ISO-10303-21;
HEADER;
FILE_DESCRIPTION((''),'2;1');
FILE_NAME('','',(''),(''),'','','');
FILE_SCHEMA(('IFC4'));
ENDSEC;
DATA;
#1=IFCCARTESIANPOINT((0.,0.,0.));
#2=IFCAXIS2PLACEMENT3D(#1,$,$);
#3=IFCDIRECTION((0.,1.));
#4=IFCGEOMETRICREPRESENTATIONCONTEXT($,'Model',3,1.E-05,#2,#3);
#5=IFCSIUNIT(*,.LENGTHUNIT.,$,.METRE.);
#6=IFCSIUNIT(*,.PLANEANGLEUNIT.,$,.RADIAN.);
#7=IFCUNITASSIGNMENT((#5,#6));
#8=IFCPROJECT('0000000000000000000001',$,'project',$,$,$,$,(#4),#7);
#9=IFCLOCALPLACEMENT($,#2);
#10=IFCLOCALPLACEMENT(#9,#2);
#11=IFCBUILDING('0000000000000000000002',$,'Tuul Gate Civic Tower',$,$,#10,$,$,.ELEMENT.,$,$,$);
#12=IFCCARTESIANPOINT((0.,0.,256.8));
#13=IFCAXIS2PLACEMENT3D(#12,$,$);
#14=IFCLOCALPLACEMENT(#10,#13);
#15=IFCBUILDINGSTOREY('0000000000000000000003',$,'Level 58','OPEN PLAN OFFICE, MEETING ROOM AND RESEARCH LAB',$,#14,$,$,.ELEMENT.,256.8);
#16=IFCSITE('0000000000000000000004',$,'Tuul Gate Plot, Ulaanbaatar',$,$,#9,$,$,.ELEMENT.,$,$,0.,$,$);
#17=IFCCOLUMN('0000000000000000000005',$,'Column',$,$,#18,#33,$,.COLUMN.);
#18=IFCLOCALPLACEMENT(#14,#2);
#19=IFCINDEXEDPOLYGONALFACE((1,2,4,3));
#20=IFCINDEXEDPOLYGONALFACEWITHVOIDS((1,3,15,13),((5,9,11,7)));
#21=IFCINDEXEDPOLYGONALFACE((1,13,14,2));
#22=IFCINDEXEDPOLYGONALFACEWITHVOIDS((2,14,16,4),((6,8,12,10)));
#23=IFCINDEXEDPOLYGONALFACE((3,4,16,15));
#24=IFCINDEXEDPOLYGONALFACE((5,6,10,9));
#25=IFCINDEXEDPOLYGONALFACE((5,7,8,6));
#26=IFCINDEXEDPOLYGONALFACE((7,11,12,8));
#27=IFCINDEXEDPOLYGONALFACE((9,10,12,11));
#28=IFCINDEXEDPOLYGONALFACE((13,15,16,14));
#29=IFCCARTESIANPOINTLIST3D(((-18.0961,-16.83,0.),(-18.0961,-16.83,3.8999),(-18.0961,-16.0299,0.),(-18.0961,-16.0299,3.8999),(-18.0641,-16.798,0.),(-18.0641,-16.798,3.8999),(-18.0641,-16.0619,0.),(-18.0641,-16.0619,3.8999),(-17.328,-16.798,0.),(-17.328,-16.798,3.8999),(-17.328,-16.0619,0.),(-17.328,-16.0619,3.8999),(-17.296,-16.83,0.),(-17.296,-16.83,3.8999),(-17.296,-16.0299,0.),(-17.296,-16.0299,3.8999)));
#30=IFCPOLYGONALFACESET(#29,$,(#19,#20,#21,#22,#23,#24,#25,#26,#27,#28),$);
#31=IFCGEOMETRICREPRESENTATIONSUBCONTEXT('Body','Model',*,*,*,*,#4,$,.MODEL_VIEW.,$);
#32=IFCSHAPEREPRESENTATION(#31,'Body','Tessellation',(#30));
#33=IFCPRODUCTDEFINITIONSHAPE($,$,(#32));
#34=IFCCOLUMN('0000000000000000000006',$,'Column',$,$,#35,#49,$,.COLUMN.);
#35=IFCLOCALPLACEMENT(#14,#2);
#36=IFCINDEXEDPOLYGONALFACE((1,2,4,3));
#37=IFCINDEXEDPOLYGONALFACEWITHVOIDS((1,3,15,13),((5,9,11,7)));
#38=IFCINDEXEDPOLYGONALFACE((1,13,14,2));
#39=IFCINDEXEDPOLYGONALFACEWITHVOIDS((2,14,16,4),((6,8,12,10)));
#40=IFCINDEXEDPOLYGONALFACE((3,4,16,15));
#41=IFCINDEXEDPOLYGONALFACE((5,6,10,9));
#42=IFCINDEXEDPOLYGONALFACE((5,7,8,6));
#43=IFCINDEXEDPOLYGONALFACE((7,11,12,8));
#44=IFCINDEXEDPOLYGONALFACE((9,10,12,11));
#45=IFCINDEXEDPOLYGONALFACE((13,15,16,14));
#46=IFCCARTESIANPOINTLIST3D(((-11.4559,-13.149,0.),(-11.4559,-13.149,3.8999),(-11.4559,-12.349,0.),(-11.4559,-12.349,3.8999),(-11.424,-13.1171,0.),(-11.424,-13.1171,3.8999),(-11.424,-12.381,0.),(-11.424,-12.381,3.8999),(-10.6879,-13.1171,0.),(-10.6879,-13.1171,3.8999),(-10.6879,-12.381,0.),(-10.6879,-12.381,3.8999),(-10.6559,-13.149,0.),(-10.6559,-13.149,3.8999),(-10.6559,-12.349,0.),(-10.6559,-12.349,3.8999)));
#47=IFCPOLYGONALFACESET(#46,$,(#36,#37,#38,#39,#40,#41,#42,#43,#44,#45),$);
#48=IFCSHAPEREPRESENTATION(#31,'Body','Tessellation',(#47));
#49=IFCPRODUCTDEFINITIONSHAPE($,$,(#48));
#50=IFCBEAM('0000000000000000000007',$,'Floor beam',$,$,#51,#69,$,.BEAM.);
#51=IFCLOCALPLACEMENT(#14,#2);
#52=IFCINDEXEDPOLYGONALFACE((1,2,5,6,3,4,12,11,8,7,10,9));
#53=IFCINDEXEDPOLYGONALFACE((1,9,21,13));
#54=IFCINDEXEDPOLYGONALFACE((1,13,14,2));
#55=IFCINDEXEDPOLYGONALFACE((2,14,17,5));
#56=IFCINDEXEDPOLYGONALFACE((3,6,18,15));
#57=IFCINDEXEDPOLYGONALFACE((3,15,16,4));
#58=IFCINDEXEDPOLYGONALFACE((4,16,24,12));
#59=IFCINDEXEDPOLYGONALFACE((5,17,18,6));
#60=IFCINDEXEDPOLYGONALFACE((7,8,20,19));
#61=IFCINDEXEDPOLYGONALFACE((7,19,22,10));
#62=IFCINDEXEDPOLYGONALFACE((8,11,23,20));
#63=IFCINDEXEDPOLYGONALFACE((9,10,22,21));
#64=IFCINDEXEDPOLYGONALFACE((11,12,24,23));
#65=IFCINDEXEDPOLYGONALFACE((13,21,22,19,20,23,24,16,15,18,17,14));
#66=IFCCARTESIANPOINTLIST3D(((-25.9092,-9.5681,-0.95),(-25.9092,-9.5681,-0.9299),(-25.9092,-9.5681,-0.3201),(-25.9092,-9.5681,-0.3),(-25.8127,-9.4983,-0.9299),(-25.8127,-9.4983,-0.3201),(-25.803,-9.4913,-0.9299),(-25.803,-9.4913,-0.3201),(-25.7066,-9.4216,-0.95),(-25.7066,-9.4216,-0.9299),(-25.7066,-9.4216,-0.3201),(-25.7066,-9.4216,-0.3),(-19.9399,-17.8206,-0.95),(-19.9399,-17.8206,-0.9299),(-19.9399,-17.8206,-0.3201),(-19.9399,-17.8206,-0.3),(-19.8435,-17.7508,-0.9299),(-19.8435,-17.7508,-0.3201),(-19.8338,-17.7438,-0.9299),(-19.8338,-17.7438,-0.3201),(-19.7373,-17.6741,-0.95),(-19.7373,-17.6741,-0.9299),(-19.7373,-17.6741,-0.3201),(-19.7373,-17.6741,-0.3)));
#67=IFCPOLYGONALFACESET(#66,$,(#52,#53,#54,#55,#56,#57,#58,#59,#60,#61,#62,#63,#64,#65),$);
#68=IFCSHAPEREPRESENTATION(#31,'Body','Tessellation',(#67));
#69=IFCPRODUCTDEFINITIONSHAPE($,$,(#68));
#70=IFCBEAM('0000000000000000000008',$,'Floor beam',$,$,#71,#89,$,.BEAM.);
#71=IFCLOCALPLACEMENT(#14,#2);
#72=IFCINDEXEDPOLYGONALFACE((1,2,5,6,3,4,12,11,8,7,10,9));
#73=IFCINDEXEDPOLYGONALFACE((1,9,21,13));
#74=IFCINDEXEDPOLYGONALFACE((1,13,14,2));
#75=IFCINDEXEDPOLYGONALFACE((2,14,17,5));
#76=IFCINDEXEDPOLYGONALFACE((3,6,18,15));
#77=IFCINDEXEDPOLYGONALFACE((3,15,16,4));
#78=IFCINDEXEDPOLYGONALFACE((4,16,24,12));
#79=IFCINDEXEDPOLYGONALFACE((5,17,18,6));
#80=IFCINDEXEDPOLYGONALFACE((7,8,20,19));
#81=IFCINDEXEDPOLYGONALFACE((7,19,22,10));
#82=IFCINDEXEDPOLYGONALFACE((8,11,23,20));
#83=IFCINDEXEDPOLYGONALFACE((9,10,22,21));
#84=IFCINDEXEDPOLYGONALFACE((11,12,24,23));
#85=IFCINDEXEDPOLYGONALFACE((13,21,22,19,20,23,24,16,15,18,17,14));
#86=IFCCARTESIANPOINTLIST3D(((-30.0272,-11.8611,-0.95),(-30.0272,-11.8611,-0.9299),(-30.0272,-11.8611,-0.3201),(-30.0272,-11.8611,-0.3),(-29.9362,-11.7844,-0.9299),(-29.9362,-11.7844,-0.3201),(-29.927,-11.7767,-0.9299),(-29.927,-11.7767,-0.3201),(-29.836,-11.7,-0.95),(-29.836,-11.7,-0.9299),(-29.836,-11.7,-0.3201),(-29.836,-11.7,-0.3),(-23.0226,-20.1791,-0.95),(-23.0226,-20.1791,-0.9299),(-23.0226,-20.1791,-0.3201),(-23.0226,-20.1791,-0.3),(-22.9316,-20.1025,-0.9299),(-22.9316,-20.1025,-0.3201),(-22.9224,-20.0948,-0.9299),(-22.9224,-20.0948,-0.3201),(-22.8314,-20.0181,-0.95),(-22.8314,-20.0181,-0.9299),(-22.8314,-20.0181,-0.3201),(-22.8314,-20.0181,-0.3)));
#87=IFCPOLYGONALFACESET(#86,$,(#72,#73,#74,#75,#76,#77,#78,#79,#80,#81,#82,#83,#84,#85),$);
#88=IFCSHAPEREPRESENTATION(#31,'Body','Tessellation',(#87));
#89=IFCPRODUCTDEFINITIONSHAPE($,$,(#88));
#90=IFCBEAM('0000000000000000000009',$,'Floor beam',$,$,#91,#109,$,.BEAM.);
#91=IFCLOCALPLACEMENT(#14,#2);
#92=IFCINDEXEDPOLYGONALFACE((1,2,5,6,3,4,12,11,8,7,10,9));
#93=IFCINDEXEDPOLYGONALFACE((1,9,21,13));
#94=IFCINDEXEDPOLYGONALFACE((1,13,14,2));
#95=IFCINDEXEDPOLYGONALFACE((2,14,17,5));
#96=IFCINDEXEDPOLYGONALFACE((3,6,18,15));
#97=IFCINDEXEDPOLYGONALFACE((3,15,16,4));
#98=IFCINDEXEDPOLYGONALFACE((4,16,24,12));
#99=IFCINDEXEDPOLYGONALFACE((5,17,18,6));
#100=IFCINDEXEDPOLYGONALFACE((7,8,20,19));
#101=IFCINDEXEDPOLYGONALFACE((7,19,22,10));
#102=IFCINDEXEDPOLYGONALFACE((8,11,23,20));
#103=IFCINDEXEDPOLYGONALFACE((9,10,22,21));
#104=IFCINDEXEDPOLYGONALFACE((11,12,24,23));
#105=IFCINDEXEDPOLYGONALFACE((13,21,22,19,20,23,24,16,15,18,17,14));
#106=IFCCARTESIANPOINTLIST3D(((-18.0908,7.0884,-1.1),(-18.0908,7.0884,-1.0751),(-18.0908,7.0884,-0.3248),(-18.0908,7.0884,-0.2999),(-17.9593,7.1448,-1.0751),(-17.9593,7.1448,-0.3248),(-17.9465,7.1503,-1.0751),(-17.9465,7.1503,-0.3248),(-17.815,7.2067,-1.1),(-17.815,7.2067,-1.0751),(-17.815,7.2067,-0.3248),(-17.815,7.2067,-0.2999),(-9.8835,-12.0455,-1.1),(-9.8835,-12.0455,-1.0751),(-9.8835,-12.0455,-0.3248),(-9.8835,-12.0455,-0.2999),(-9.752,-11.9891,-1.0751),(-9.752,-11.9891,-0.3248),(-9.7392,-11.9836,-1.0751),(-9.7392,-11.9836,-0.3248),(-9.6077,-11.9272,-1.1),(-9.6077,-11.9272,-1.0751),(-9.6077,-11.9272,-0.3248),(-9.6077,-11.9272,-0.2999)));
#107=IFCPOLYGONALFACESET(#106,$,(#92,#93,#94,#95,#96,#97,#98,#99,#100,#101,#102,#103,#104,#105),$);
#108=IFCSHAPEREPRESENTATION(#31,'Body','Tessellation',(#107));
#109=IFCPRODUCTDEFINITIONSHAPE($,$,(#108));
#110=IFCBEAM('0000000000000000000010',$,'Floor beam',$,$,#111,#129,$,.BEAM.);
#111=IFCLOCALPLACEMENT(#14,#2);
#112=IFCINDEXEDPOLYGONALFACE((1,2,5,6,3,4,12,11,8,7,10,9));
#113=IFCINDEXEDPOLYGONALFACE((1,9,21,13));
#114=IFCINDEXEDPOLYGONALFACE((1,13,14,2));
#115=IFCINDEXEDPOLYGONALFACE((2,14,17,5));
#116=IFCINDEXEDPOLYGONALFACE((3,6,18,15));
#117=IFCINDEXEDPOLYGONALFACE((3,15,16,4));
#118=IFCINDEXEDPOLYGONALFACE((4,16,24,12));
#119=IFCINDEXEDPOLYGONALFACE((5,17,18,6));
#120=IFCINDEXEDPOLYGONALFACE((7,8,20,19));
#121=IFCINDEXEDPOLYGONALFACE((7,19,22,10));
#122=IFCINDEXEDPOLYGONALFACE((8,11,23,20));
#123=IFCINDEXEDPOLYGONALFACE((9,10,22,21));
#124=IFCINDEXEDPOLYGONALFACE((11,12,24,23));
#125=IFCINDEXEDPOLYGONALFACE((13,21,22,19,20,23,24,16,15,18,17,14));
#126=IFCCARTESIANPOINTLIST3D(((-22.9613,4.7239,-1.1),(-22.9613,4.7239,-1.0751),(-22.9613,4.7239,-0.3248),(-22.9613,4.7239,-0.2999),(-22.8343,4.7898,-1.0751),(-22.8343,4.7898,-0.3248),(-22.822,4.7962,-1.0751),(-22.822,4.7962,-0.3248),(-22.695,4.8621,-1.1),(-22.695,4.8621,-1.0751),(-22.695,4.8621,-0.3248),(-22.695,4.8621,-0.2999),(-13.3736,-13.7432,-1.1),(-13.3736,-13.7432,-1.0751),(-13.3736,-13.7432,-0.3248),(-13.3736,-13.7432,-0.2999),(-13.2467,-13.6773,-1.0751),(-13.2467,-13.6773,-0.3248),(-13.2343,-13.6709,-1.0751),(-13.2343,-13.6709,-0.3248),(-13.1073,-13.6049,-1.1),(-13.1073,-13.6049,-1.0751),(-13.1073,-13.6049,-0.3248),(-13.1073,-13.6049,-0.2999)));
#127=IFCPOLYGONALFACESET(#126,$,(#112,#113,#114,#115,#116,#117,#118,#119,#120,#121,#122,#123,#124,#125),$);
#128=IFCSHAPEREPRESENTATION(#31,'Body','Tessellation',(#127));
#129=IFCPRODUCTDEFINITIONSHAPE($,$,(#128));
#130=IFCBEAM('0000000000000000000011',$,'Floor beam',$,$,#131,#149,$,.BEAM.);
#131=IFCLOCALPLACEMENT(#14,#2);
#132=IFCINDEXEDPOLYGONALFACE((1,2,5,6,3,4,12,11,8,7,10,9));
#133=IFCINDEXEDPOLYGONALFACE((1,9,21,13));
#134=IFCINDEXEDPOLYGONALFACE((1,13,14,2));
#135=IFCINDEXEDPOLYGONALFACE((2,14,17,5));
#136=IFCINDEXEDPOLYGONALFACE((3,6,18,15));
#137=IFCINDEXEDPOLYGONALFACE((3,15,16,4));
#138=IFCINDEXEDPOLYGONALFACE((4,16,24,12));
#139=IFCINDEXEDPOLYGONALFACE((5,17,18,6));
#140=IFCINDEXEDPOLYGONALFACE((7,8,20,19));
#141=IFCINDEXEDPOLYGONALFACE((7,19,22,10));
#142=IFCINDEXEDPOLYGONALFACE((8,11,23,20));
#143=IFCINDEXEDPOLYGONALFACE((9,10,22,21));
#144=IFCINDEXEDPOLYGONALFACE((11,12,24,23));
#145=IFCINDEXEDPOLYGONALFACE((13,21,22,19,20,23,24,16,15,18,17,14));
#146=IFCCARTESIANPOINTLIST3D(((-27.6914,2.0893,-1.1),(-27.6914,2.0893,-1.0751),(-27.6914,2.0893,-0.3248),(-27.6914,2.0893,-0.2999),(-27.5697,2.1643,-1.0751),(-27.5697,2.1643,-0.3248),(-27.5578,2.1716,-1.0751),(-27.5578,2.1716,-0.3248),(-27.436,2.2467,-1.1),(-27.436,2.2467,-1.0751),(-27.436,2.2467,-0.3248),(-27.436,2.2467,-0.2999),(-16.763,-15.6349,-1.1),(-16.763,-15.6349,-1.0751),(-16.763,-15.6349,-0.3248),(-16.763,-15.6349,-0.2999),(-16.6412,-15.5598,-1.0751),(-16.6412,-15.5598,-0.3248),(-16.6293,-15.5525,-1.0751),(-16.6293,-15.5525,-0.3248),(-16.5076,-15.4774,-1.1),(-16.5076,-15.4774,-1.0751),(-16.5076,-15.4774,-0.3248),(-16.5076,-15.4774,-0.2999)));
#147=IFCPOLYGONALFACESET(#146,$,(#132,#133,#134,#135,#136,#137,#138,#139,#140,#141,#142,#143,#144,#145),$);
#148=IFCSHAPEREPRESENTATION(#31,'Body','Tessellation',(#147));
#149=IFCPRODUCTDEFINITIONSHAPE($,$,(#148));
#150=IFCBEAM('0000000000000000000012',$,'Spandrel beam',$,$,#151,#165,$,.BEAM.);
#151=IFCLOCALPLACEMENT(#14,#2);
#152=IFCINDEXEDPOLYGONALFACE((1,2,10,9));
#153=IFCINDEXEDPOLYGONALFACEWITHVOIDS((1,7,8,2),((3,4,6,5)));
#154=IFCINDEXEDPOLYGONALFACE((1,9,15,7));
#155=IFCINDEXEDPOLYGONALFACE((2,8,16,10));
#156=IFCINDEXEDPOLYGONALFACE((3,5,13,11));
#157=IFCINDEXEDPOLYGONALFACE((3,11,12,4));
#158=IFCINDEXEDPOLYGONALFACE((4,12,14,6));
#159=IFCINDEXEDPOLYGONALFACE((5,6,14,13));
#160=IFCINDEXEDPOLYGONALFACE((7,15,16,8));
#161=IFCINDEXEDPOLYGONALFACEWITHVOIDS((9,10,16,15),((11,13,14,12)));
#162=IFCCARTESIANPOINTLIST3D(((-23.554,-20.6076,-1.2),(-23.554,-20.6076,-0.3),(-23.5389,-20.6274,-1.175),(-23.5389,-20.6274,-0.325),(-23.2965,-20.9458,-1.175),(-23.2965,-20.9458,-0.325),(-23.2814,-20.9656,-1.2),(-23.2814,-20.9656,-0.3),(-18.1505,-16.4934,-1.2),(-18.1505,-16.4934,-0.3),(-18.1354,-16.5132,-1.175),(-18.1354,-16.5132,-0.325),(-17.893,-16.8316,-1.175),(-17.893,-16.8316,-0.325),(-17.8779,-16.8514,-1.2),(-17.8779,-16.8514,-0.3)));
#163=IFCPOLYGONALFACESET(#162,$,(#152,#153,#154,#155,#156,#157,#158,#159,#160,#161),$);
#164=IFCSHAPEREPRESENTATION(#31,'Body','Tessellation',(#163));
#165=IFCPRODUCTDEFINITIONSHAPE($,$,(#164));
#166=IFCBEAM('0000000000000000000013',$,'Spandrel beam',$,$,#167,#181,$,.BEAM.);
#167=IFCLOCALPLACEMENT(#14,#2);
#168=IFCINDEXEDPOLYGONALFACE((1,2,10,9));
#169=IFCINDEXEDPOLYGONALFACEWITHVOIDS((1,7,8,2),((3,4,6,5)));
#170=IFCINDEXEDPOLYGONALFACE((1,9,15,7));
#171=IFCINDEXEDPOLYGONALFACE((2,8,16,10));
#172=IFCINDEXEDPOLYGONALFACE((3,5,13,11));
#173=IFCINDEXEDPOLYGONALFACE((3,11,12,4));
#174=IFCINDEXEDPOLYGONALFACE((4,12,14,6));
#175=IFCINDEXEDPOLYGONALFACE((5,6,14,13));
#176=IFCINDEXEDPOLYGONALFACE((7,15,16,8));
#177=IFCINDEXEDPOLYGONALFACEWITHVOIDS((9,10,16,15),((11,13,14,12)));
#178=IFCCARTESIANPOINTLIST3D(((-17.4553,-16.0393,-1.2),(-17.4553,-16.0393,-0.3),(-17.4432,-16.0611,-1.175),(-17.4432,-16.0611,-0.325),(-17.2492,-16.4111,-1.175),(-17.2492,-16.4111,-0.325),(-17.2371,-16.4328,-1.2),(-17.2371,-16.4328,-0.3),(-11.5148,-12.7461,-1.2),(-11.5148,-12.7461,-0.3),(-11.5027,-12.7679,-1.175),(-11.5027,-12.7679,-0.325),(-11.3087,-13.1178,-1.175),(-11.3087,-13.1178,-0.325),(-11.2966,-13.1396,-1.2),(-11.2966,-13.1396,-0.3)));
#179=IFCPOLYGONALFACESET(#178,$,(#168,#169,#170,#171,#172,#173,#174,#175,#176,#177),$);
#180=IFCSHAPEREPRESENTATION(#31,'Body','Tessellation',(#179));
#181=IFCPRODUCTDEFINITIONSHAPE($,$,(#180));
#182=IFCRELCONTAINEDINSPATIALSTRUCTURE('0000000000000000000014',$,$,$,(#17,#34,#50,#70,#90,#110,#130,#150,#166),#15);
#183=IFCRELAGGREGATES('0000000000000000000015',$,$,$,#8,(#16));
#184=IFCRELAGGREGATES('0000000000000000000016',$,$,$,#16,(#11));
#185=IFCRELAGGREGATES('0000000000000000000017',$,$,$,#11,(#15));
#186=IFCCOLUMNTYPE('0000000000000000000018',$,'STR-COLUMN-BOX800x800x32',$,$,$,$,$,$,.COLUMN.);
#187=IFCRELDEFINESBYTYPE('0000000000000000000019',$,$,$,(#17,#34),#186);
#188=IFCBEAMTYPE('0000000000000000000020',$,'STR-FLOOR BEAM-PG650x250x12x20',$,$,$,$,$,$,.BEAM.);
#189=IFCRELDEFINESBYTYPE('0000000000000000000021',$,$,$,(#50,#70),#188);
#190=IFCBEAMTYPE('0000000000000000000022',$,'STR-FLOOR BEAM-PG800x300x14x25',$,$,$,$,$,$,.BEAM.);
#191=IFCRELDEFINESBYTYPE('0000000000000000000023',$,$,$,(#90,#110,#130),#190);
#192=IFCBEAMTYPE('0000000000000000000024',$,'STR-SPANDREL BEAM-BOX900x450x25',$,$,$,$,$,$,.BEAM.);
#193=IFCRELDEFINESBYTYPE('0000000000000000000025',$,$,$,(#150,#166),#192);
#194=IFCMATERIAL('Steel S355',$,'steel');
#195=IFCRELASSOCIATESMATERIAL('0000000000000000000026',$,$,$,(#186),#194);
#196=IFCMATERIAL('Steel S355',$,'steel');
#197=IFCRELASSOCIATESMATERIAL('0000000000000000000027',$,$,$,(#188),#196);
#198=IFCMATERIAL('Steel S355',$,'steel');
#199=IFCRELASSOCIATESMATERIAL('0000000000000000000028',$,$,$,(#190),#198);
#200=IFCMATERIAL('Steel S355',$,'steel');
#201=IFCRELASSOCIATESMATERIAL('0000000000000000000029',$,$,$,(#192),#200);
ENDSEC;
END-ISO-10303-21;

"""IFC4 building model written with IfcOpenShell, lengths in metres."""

from ifc_helpers import new_model, si_unit, direction, frame, origin, origin_2d, place, context, subcontext, project, spatial, hollow_rectangle, i_section, extrude, material, material_profile, profile_set, type_object, element, save


model = new_model("IFC4")

# Units and contexts
model_context = context("Model", 3, precision=1e-05, world=origin(), true_north=direction((0.0, 1.0)))
body_context = subcontext(model_context, "Body", "Model", "MODEL_VIEW")
ifc_project = project(units=[si_unit("LENGTHUNIT", "METRE"), si_unit("PLANEANGLEUNIT", "RADIAN")], contexts=[model_context])

# Site, building, storey
site_placement = place(None, origin())
site = spatial("IfcSite", under=ifc_project, at=site_placement, Name="Tuul Gate Plot, Ulaanbaatar", CompositionType="ELEMENT", RefElevation=0.0)
building_placement = place(site_placement, origin())
building = spatial("IfcBuilding", under=site, at=building_placement, Name="Tuul Gate Civic Tower", CompositionType="ELEMENT")
storey_placement = place(building_placement, frame((0.0, 0.0, 256.8)))
storey = spatial("IfcBuildingStorey", under=building, at=storey_placement, Name="Level 58", Description="OPEN PLAN OFFICE, MEETING ROOM AND RESEARCH LAB", CompositionType="ELEMENT", Elevation=256.8)

# Columns
ifc_material_1 = material(Name="Steel S355", Category="steel")
ifc_material_profile_1 = material_profile(ifc_material_1, hollow_rectangle(XDim=0.8, YDim=0.8, WallThickness=0.032, at=origin_2d()), Name="BOX800x800x32")
ifc_profile_set_1 = profile_set([ifc_material_profile_1], Name="Steel S355")
column_type = type_object("IfcColumnType", Name="STR-COLUMN-BOX800x800x32", PredefinedType="COLUMN", material=ifc_profile_set_1)
for number, where, z_axis, x_axis, name in (
    (1, (-17.696, -16.4299, 0.0), (0.0, 0.0, 1.0), (1.0, 0.0, 0.0), "Column"),
    (2, (-11.0559, -12.749, 0.0), (0.0, 0.0, 1.0), (1.0, 0.0, 0.0), "Column"),
):
    element("IfcColumn", number, at=place(storey_placement, frame(where, z_axis=z_axis, x_axis=x_axis)), inside=storey, type_object=column_type, Name=name, PredefinedType="COLUMN", context=body_context, shape_type="SweptSolid", body=[
        extrude(hollow_rectangle(XDim=0.8, YDim=0.8, WallThickness=0.032, at=origin_2d()), origin(), (0.0, 0.0, 1.0), 3.8999),
    ])

# Beams
ifc_material_2 = material(Name="Steel S355", Category="steel")
ifc_material_profile_2 = material_profile(ifc_material_2, i_section(OverallWidth=0.25, OverallDepth=0.6499, WebThickness=0.012, FlangeThickness=0.02, at=origin_2d()), Name="PG650x250x12x20")
ifc_profile_set_2 = profile_set([ifc_material_profile_2], Name="Steel S355")
beam_type_1 = type_object("IfcBeamType", Name="STR-FLOOR BEAM-PG650x250x12x20", PredefinedType="BEAM", material=ifc_profile_set_2)
beam_1_placement = place(storey_placement, frame((-19.8386, -17.7473, -0.625), z_axis=(-0.58608, 0.810253, 0.0), x_axis=(-0.810253, -0.58608, 0.0)))
element("IfcBeam", 3, at=beam_1_placement, inside=storey, type_object=beam_type_1, Name="Floor beam", PredefinedType="BEAM", context=body_context, shape_type="SweptSolid", body=[
    extrude(i_section(OverallWidth=0.25, OverallDepth=0.6499, WebThickness=0.012, FlangeThickness=0.02, at=origin_2d()), origin(), (0.0, 0.0, 1.0), 10.1851),
])
beam_2_placement = place(storey_placement, frame((-22.927, -20.0986, -0.625), z_axis=(-0.644131, 0.764915, 0.0), x_axis=(-0.764915, -0.644131, 0.0)))
element("IfcBeam", 4, at=beam_2_placement, inside=storey, type_object=beam_type_1, Name="Floor beam", PredefinedType="BEAM", context=body_context, shape_type="SweptSolid", body=[
    extrude(i_section(OverallWidth=0.25, OverallDepth=0.6499, WebThickness=0.012, FlangeThickness=0.02, at=origin_2d()), origin(), (0.0, 0.0, 1.0), 10.8745),
])
ifc_material_3 = material(Name="Steel S355", Category="steel")
ifc_material_profile_3 = material_profile(ifc_material_3, i_section(OverallWidth=0.3, OverallDepth=0.8, WebThickness=0.0139, FlangeThickness=0.0249, at=origin_2d()), Name="PG800x300x14x25")
ifc_profile_set_3 = profile_set([ifc_material_profile_3], Name="Steel S355")
beam_type_2 = type_object("IfcBeamType", Name="STR-FLOOR BEAM-PG800x300x14x25", PredefinedType="BEAM", material=ifc_profile_set_3)
beam_3_placement = place(storey_placement, frame((-9.7456, -11.9863, -0.7), z_axis=(-0.394207, 0.919022, 0.0), x_axis=(-0.919022, -0.394207, 0.0)))
element("IfcBeam", 5, at=beam_3_placement, inside=storey, type_object=beam_type_2, Name="Floor beam", PredefinedType="BEAM", context=body_context, shape_type="SweptSolid", body=[
    extrude(i_section(OverallWidth=0.3, OverallDepth=0.8, WebThickness=0.0139, FlangeThickness=0.0249, at=origin_2d()), origin(), (0.0, 0.0, 1.0), 20.8198),
])
beam_4_placement = place(storey_placement, frame((-13.2405, -13.6741, -0.7), z_axis=(-0.460777, 0.887516, 0.0), x_axis=(-0.887516, -0.460777, 0.0)))
element("IfcBeam", 6, at=beam_4_placement, inside=storey, type_object=beam_type_2, Name="Floor beam", PredefinedType="BEAM", context=body_context, shape_type="SweptSolid", body=[
    extrude(i_section(OverallWidth=0.3, OverallDepth=0.8, WebThickness=0.0139, FlangeThickness=0.0249, at=origin_2d()), origin(), (0.0, 0.0, 1.0), 20.8076),
])
beam_5_placement = place(storey_placement, frame((-16.6353, -15.5562, -0.7), z_axis=(-0.52484, 0.851201, 0.0), x_axis=(-0.851201, -0.52484, 0.0)))
element("IfcBeam", 7, at=beam_5_placement, inside=storey, type_object=beam_type_2, Name="Floor beam", PredefinedType="BEAM", context=body_context, shape_type="SweptSolid", body=[
    extrude(i_section(OverallWidth=0.3, OverallDepth=0.8, WebThickness=0.0139, FlangeThickness=0.0249, at=origin_2d()), origin(), (0.0, 0.0, 1.0), 20.8225),
])
ifc_material_4 = material(Name="Steel S355", Category="steel")
ifc_material_profile_4 = material_profile(ifc_material_4, hollow_rectangle(XDim=0.45, YDim=0.8999, WallThickness=0.0249, at=origin_2d()), Name="BOX900x450x25")
ifc_profile_set_4 = profile_set([ifc_material_profile_4], Name="Steel S355")
beam_type_3 = type_object("IfcBeamType", Name="STR-SPANDREL BEAM-BOX900x450x25", PredefinedType="BEAM", material=ifc_profile_set_4)
beam_6_placement = place(storey_placement, frame((-23.4177, -20.7866, -0.75), z_axis=(0.795626, 0.605788, 0.0), x_axis=(-0.605788, 0.795626, 0.0)))
element("IfcBeam", 8, at=beam_6_placement, inside=storey, type_object=beam_type_3, Name="Spandrel beam", PredefinedType="BEAM", context=body_context, shape_type="SweptSolid", body=[
    extrude(hollow_rectangle(XDim=0.45, YDim=0.8999, WallThickness=0.0249, at=origin_2d()), origin(), (0.0, 0.0, 1.0), 6.7915),
])
beam_7_placement = place(storey_placement, frame((-17.3462, -16.2361, -0.75), z_axis=(0.874596, 0.484852, 0.0), x_axis=(-0.484852, 0.874596, 0.0)))
element("IfcBeam", 9, at=beam_7_placement, inside=storey, type_object=beam_type_3, Name="Spandrel beam", PredefinedType="BEAM", context=body_context, shape_type="SweptSolid", body=[
    extrude(hollow_rectangle(XDim=0.45, YDim=0.8999, WallThickness=0.0249, at=origin_2d()), origin(), (0.0, 0.0, 1.0), 6.7922),
])

save(model, "model.ifc")
